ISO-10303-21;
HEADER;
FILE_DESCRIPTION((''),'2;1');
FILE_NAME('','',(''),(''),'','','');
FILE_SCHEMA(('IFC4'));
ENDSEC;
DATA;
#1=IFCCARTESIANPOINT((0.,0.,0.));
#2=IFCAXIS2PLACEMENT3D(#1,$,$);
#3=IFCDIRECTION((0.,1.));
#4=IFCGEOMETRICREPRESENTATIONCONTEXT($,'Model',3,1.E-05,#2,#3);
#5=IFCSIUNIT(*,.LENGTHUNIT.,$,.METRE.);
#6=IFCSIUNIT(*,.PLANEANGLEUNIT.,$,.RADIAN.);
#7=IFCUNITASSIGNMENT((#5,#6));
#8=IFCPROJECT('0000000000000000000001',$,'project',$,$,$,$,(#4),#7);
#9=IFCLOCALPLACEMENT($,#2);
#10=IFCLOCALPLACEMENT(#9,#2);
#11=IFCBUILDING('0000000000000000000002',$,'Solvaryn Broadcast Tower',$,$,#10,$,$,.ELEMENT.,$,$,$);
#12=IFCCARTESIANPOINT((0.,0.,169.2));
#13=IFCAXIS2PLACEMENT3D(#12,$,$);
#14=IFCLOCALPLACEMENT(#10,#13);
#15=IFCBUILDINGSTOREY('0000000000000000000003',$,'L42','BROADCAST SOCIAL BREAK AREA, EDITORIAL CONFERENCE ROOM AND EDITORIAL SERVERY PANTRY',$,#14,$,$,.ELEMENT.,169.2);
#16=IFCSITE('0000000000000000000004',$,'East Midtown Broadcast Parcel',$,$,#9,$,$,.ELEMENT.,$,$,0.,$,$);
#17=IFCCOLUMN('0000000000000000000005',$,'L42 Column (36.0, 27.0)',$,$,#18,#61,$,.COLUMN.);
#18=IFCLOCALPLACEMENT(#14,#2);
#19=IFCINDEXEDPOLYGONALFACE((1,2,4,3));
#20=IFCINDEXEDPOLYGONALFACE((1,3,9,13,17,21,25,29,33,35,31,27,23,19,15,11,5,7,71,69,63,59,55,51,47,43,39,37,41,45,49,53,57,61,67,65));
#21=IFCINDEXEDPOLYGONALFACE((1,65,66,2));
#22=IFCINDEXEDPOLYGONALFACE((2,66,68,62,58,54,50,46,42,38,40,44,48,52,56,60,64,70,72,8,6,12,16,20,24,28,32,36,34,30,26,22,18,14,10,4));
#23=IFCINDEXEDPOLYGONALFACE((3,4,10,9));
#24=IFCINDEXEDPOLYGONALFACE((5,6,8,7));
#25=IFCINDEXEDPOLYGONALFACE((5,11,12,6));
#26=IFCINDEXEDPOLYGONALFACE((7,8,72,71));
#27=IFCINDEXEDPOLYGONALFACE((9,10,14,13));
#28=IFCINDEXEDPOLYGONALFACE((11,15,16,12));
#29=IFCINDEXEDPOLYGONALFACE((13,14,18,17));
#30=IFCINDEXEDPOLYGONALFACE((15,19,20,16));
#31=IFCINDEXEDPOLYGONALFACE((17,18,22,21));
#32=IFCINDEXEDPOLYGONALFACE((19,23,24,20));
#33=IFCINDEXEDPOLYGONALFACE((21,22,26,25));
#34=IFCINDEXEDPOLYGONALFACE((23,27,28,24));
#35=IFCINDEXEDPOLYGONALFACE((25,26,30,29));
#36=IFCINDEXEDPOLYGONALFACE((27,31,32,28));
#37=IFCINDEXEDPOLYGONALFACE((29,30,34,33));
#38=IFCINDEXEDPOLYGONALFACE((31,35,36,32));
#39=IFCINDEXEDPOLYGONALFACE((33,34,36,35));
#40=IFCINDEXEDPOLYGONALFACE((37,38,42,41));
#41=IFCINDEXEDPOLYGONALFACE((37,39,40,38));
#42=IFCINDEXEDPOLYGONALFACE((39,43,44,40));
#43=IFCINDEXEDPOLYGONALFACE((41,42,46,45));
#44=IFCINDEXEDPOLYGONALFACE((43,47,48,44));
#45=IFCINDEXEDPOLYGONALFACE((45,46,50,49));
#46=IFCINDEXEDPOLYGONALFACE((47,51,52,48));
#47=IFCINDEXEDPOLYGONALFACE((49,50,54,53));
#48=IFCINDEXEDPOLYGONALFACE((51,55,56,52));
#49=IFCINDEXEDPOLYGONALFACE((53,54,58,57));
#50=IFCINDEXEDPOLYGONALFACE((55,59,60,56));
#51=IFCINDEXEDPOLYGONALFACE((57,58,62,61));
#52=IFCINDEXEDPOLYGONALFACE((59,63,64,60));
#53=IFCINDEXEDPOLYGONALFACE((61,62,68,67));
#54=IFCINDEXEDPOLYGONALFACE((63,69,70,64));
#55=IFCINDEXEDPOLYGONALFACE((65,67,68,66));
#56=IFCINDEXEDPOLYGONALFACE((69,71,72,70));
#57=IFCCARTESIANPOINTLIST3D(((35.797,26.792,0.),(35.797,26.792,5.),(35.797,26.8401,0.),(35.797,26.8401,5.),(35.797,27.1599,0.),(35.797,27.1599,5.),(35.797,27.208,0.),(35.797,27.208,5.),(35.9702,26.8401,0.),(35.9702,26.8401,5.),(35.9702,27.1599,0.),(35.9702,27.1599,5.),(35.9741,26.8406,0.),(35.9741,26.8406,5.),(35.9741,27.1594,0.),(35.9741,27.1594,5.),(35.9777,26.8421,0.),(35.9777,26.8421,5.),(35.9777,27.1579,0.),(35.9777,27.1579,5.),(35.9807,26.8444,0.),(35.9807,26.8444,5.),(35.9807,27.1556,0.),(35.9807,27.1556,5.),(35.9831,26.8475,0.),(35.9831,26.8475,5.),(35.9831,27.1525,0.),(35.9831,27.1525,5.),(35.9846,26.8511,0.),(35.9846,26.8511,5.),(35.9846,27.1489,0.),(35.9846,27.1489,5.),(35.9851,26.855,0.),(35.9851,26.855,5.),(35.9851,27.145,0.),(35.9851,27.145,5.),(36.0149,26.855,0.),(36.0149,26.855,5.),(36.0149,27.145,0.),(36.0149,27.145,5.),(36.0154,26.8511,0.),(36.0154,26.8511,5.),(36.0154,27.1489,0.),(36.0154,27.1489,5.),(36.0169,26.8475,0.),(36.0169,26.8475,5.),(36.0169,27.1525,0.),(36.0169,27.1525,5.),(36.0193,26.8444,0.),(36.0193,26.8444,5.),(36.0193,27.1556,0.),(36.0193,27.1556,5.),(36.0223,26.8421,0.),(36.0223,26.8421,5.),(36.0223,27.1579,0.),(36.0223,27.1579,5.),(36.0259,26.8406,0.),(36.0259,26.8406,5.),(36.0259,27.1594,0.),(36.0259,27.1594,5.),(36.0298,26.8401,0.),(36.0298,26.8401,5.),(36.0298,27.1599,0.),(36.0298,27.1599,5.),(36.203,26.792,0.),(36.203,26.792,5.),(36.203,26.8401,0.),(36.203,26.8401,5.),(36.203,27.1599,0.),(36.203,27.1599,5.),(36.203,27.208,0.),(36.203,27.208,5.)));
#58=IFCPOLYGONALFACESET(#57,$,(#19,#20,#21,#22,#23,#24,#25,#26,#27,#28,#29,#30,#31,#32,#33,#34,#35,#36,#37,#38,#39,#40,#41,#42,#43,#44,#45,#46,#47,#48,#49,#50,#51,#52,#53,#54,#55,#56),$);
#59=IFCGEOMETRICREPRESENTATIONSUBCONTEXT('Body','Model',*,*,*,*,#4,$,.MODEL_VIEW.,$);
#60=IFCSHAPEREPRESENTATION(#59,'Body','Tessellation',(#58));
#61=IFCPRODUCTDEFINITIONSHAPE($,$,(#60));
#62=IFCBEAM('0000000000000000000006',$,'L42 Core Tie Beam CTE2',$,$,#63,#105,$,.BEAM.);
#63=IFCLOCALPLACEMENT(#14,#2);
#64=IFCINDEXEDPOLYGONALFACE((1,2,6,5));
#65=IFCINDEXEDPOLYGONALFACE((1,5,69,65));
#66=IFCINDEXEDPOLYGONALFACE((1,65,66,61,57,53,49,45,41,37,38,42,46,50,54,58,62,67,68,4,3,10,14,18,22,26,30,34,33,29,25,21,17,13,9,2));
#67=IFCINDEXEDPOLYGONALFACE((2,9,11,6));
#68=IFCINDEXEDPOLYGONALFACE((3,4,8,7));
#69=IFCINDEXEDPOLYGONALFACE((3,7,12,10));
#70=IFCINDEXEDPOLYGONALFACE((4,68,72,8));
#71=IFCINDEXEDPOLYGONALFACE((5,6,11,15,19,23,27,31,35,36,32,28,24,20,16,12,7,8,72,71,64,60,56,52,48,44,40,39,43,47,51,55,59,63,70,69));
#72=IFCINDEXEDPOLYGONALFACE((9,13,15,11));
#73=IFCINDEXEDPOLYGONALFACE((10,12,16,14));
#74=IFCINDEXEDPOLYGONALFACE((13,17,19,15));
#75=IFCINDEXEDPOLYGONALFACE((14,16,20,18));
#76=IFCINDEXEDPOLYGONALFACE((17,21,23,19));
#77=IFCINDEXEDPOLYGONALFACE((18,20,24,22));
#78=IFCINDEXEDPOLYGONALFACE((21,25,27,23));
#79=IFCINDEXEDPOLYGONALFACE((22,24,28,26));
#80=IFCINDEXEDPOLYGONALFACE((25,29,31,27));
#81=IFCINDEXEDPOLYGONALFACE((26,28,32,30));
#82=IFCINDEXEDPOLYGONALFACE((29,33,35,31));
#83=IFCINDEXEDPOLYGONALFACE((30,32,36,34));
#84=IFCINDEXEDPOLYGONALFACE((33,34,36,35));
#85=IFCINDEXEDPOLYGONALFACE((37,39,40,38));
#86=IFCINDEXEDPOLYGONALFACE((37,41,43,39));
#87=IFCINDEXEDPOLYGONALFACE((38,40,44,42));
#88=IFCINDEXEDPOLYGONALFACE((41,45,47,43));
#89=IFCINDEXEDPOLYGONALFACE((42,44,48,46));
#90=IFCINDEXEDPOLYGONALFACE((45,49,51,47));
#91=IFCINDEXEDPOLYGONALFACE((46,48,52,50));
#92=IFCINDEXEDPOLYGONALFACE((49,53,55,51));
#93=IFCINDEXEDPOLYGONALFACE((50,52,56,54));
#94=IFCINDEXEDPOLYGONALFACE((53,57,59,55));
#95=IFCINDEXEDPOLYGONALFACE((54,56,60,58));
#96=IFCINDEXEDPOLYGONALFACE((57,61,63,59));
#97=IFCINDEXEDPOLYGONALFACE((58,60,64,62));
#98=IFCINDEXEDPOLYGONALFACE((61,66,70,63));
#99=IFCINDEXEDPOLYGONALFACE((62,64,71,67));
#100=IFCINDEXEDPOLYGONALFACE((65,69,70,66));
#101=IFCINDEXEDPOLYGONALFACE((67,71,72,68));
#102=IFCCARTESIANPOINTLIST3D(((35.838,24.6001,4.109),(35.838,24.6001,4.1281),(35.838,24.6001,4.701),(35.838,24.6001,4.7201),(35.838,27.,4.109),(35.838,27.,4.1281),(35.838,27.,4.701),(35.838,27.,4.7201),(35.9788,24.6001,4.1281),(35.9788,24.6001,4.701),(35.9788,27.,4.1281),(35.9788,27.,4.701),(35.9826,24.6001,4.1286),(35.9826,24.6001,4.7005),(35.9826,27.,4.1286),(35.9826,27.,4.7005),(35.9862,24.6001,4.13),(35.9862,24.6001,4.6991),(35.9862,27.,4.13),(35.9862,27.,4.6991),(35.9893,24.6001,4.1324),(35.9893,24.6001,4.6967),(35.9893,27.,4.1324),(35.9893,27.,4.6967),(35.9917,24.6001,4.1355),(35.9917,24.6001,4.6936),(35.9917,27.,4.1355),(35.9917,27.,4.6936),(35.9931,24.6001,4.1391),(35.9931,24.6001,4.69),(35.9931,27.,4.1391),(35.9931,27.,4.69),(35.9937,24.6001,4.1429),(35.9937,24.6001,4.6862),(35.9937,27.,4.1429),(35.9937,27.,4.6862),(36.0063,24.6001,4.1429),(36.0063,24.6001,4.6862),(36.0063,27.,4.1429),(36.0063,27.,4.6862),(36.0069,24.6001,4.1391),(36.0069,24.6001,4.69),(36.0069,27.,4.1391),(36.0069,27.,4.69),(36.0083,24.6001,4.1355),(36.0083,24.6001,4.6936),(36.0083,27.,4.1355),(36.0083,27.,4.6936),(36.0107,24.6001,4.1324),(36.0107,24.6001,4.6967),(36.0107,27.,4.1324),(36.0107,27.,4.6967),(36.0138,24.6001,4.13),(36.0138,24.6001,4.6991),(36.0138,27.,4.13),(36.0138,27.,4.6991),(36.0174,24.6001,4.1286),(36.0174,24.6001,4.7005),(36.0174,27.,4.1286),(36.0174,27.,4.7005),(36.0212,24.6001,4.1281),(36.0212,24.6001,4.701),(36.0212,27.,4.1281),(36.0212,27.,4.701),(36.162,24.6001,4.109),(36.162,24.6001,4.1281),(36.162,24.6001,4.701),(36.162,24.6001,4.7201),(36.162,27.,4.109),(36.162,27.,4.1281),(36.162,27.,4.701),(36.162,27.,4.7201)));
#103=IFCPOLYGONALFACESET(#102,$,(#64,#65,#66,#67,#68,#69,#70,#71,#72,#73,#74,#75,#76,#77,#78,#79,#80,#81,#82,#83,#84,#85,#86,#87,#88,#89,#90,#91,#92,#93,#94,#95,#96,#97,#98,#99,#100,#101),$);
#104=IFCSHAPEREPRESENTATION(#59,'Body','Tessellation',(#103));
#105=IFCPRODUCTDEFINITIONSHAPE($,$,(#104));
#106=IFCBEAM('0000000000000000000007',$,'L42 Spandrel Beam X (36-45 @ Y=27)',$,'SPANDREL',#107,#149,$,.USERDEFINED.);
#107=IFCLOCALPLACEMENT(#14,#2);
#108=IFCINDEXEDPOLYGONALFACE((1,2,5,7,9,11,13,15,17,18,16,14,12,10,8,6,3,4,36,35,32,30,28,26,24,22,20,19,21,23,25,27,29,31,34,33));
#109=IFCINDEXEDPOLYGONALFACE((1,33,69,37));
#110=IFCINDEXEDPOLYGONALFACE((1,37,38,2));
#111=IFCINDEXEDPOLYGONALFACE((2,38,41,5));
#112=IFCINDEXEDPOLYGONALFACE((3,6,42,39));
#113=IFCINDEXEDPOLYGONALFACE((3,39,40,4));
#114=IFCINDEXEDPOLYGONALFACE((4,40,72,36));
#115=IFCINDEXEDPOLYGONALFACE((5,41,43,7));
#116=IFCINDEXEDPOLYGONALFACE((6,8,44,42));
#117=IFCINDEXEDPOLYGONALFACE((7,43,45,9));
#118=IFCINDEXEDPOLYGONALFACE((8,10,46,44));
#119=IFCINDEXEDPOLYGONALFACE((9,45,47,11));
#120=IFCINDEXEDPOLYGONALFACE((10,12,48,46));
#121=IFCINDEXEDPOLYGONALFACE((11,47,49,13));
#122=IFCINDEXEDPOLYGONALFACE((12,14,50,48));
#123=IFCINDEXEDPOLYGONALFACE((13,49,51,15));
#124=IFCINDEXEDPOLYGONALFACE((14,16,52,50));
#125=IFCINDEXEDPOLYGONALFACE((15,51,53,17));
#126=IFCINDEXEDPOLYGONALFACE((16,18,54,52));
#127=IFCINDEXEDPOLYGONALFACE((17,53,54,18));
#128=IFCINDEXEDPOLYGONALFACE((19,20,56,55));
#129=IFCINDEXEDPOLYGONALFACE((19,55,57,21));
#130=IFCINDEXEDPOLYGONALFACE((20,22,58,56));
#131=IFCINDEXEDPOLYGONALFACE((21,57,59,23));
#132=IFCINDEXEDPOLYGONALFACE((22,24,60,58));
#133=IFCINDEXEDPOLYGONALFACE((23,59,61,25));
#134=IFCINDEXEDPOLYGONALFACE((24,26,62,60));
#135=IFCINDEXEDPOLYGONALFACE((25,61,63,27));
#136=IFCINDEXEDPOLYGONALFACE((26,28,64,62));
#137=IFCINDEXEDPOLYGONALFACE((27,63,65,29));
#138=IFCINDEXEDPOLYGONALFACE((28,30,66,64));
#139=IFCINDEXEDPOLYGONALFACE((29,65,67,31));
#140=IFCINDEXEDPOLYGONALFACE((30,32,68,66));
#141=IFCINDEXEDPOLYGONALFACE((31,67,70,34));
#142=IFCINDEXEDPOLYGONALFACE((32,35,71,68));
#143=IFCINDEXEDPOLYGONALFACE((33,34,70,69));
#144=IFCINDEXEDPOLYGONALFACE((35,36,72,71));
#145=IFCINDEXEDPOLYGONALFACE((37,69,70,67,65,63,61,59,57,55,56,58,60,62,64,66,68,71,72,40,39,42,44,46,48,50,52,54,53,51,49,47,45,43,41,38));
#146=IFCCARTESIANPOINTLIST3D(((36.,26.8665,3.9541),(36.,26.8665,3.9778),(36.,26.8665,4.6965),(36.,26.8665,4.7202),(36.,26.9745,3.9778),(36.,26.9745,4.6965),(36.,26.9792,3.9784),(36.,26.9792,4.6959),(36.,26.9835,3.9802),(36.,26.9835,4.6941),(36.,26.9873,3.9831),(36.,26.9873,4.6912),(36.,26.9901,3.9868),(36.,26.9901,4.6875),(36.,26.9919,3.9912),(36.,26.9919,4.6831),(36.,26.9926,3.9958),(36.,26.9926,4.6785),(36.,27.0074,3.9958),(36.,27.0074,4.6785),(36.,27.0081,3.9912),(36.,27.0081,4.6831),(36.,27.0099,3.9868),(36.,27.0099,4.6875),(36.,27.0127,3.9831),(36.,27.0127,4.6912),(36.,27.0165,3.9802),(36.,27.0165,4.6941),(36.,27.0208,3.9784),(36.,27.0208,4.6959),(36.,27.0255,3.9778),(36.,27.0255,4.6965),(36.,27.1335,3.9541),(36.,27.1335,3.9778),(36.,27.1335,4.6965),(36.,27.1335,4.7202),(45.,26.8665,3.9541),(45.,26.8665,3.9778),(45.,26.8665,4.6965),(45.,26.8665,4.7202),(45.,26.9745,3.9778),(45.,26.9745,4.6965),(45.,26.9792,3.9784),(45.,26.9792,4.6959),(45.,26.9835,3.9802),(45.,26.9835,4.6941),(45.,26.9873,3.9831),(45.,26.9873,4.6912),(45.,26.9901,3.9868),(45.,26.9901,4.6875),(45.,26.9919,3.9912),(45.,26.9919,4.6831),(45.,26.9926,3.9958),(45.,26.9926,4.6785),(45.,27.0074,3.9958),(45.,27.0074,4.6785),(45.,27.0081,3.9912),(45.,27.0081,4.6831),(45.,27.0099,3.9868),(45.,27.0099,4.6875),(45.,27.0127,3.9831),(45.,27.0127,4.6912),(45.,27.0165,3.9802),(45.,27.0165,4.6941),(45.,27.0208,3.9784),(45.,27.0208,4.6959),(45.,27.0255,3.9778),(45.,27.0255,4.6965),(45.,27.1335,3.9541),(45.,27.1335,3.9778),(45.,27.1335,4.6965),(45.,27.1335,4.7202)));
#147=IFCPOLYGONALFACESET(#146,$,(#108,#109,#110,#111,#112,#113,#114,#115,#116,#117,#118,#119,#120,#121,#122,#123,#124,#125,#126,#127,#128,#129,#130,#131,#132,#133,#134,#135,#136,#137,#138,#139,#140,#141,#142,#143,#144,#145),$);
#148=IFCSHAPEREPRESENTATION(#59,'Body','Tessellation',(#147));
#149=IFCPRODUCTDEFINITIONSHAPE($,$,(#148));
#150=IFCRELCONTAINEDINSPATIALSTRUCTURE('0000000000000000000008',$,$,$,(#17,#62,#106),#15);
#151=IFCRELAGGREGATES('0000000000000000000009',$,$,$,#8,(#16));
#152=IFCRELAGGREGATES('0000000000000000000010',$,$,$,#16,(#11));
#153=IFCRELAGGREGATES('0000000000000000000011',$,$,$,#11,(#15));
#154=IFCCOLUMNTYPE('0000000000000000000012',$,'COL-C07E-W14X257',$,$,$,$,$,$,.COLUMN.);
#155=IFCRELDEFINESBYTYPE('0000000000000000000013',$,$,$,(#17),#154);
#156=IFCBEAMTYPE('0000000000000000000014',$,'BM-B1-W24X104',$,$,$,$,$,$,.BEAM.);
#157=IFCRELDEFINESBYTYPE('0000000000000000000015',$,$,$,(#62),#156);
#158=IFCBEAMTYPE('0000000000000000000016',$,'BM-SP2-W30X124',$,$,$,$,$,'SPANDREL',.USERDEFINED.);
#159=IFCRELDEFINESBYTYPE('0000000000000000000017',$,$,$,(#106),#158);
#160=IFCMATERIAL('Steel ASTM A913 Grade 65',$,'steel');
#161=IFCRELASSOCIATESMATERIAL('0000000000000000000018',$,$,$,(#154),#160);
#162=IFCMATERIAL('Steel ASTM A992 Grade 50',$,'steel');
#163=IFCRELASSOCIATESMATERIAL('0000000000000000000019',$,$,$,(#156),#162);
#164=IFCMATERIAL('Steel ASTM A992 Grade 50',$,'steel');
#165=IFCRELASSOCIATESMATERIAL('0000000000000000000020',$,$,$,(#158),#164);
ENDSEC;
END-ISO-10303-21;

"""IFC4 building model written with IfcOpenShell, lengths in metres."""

from ifc_helpers import new_model, si_unit, direction, frame, origin, origin_2d, place, context, subcontext, project, spatial, i_section, extrude, material, material_profile, profile_set, type_object, element, save


model = new_model("IFC4")

# Units and contexts
model_context = context("Model", 3, precision=1e-05, world=origin(), true_north=direction((0.0, 1.0)))
body_context = subcontext(model_context, "Body", "Model", "MODEL_VIEW")
ifc_project = project(units=[si_unit("LENGTHUNIT", "METRE"), si_unit("PLANEANGLEUNIT", "RADIAN")], contexts=[model_context])

# Site, building, storey
site_placement = place(None, origin())
site = spatial("IfcSite", under=ifc_project, at=site_placement, Name="East Midtown Broadcast Parcel", CompositionType="ELEMENT", RefElevation=0.0)
building_placement = place(site_placement, origin())
building = spatial("IfcBuilding", under=site, at=building_placement, Name="Solvaryn Broadcast Tower", CompositionType="ELEMENT")
storey_placement = place(building_placement, frame((0.0, 0.0, 169.2)))
storey = spatial("IfcBuildingStorey", under=building, at=storey_placement, Name="L42", Description="BROADCAST SOCIAL BREAK AREA, EDITORIAL CONFERENCE ROOM AND EDITORIAL SERVERY PANTRY", CompositionType="ELEMENT", Elevation=169.2)

# Column
ifc_material_1 = material(Name="Steel ASTM A913 Grade 65", Category="steel")
ifc_material_profile_1 = material_profile(ifc_material_1, i_section(OverallWidth=0.406, OverallDepth=0.416, WebThickness=0.0298, FlangeThickness=0.0481, FilletRadius=0.0149, at=origin_2d()))
ifc_profile_set_1 = profile_set([ifc_material_profile_1], Name="Steel ASTM A913 Grade 65")
column_type = type_object("IfcColumnType", Name="COL-C07E-W14X257", PredefinedType="COLUMN", material=ifc_profile_set_1)
column_placement = place(storey_placement, frame((36.0, 27.0, 0.0), z_axis=(0.0, 0.0, 1.0), x_axis=(1.0, 0.0, 0.0)))
element("IfcColumn", 1, at=column_placement, inside=storey, type_object=column_type, Name="L42 Column (36.0, 27.0)", PredefinedType="COLUMN", context=body_context, shape_type="SweptSolid", body=[
    extrude(i_section(OverallWidth=0.406, OverallDepth=0.416, WebThickness=0.0298, FlangeThickness=0.0481, FilletRadius=0.0149, at=origin_2d()), origin(), (0.0, 0.0, 1.0), 5.0),
])

# Beams
ifc_material_2 = material(Name="Steel ASTM A992 Grade 50", Category="steel")
ifc_material_profile_2 = material_profile(ifc_material_2, i_section(OverallWidth=0.324, OverallDepth=0.6111, WebThickness=0.0127, FlangeThickness=0.019, FilletRadius=0.0149, at=origin_2d()))
ifc_profile_set_2 = profile_set([ifc_material_profile_2], Name="Steel ASTM A992 Grade 50")
beam_type_1 = type_object("IfcBeamType", Name="BM-B1-W24X104", PredefinedType="BEAM", material=ifc_profile_set_2)
beam_1_placement = place(storey_placement, frame((36.0, 24.6001, 4.4146), z_axis=(0.0, 1.0, 0.0), x_axis=(-1.0, 0.0, 0.0)))
element("IfcBeam", 2, at=beam_1_placement, inside=storey, type_object=beam_type_1, Name="L42 Core Tie Beam CTE2", PredefinedType="BEAM", context=body_context, shape_type="SweptSolid", body=[
    extrude(i_section(OverallWidth=0.324, OverallDepth=0.6111, WebThickness=0.0127, FlangeThickness=0.019, FilletRadius=0.0149, at=origin_2d()), origin(), (0.0, 0.0, 1.0), 2.3999),
])
ifc_material_3 = material(Name="Steel ASTM A992 Grade 50", Category="steel")
ifc_material_profile_3 = material_profile(ifc_material_3, i_section(OverallWidth=0.2671, OverallDepth=0.7661, WebThickness=0.0149, FlangeThickness=0.0237, FilletRadius=0.0181, at=origin_2d()))
ifc_profile_set_3 = profile_set([ifc_material_profile_3], Name="Steel ASTM A992 Grade 50")
beam_type_2 = type_object("IfcBeamType", Name="BM-SP2-W30X124", ElementType="SPANDREL", PredefinedType="USERDEFINED", material=ifc_profile_set_3)
beam_2_placement = place(storey_placement, frame((36.0, 27.0, 4.3372), z_axis=(1.0, 0.0, 0.0), x_axis=(0.0, 1.0, 0.0)))
element("IfcBeam", 3, at=beam_2_placement, inside=storey, type_object=beam_type_2, Name="L42 Spandrel Beam X (36-45 @ Y=27)", ObjectType="SPANDREL", PredefinedType="USERDEFINED", context=body_context, shape_type="SweptSolid", body=[
    extrude(i_section(OverallWidth=0.2671, OverallDepth=0.7661, WebThickness=0.0149, FlangeThickness=0.0237, FilletRadius=0.0181, at=origin_2d()), origin(), (0.0, 0.0, 1.0), 9.0),
])

save(model, "model.ifc")
